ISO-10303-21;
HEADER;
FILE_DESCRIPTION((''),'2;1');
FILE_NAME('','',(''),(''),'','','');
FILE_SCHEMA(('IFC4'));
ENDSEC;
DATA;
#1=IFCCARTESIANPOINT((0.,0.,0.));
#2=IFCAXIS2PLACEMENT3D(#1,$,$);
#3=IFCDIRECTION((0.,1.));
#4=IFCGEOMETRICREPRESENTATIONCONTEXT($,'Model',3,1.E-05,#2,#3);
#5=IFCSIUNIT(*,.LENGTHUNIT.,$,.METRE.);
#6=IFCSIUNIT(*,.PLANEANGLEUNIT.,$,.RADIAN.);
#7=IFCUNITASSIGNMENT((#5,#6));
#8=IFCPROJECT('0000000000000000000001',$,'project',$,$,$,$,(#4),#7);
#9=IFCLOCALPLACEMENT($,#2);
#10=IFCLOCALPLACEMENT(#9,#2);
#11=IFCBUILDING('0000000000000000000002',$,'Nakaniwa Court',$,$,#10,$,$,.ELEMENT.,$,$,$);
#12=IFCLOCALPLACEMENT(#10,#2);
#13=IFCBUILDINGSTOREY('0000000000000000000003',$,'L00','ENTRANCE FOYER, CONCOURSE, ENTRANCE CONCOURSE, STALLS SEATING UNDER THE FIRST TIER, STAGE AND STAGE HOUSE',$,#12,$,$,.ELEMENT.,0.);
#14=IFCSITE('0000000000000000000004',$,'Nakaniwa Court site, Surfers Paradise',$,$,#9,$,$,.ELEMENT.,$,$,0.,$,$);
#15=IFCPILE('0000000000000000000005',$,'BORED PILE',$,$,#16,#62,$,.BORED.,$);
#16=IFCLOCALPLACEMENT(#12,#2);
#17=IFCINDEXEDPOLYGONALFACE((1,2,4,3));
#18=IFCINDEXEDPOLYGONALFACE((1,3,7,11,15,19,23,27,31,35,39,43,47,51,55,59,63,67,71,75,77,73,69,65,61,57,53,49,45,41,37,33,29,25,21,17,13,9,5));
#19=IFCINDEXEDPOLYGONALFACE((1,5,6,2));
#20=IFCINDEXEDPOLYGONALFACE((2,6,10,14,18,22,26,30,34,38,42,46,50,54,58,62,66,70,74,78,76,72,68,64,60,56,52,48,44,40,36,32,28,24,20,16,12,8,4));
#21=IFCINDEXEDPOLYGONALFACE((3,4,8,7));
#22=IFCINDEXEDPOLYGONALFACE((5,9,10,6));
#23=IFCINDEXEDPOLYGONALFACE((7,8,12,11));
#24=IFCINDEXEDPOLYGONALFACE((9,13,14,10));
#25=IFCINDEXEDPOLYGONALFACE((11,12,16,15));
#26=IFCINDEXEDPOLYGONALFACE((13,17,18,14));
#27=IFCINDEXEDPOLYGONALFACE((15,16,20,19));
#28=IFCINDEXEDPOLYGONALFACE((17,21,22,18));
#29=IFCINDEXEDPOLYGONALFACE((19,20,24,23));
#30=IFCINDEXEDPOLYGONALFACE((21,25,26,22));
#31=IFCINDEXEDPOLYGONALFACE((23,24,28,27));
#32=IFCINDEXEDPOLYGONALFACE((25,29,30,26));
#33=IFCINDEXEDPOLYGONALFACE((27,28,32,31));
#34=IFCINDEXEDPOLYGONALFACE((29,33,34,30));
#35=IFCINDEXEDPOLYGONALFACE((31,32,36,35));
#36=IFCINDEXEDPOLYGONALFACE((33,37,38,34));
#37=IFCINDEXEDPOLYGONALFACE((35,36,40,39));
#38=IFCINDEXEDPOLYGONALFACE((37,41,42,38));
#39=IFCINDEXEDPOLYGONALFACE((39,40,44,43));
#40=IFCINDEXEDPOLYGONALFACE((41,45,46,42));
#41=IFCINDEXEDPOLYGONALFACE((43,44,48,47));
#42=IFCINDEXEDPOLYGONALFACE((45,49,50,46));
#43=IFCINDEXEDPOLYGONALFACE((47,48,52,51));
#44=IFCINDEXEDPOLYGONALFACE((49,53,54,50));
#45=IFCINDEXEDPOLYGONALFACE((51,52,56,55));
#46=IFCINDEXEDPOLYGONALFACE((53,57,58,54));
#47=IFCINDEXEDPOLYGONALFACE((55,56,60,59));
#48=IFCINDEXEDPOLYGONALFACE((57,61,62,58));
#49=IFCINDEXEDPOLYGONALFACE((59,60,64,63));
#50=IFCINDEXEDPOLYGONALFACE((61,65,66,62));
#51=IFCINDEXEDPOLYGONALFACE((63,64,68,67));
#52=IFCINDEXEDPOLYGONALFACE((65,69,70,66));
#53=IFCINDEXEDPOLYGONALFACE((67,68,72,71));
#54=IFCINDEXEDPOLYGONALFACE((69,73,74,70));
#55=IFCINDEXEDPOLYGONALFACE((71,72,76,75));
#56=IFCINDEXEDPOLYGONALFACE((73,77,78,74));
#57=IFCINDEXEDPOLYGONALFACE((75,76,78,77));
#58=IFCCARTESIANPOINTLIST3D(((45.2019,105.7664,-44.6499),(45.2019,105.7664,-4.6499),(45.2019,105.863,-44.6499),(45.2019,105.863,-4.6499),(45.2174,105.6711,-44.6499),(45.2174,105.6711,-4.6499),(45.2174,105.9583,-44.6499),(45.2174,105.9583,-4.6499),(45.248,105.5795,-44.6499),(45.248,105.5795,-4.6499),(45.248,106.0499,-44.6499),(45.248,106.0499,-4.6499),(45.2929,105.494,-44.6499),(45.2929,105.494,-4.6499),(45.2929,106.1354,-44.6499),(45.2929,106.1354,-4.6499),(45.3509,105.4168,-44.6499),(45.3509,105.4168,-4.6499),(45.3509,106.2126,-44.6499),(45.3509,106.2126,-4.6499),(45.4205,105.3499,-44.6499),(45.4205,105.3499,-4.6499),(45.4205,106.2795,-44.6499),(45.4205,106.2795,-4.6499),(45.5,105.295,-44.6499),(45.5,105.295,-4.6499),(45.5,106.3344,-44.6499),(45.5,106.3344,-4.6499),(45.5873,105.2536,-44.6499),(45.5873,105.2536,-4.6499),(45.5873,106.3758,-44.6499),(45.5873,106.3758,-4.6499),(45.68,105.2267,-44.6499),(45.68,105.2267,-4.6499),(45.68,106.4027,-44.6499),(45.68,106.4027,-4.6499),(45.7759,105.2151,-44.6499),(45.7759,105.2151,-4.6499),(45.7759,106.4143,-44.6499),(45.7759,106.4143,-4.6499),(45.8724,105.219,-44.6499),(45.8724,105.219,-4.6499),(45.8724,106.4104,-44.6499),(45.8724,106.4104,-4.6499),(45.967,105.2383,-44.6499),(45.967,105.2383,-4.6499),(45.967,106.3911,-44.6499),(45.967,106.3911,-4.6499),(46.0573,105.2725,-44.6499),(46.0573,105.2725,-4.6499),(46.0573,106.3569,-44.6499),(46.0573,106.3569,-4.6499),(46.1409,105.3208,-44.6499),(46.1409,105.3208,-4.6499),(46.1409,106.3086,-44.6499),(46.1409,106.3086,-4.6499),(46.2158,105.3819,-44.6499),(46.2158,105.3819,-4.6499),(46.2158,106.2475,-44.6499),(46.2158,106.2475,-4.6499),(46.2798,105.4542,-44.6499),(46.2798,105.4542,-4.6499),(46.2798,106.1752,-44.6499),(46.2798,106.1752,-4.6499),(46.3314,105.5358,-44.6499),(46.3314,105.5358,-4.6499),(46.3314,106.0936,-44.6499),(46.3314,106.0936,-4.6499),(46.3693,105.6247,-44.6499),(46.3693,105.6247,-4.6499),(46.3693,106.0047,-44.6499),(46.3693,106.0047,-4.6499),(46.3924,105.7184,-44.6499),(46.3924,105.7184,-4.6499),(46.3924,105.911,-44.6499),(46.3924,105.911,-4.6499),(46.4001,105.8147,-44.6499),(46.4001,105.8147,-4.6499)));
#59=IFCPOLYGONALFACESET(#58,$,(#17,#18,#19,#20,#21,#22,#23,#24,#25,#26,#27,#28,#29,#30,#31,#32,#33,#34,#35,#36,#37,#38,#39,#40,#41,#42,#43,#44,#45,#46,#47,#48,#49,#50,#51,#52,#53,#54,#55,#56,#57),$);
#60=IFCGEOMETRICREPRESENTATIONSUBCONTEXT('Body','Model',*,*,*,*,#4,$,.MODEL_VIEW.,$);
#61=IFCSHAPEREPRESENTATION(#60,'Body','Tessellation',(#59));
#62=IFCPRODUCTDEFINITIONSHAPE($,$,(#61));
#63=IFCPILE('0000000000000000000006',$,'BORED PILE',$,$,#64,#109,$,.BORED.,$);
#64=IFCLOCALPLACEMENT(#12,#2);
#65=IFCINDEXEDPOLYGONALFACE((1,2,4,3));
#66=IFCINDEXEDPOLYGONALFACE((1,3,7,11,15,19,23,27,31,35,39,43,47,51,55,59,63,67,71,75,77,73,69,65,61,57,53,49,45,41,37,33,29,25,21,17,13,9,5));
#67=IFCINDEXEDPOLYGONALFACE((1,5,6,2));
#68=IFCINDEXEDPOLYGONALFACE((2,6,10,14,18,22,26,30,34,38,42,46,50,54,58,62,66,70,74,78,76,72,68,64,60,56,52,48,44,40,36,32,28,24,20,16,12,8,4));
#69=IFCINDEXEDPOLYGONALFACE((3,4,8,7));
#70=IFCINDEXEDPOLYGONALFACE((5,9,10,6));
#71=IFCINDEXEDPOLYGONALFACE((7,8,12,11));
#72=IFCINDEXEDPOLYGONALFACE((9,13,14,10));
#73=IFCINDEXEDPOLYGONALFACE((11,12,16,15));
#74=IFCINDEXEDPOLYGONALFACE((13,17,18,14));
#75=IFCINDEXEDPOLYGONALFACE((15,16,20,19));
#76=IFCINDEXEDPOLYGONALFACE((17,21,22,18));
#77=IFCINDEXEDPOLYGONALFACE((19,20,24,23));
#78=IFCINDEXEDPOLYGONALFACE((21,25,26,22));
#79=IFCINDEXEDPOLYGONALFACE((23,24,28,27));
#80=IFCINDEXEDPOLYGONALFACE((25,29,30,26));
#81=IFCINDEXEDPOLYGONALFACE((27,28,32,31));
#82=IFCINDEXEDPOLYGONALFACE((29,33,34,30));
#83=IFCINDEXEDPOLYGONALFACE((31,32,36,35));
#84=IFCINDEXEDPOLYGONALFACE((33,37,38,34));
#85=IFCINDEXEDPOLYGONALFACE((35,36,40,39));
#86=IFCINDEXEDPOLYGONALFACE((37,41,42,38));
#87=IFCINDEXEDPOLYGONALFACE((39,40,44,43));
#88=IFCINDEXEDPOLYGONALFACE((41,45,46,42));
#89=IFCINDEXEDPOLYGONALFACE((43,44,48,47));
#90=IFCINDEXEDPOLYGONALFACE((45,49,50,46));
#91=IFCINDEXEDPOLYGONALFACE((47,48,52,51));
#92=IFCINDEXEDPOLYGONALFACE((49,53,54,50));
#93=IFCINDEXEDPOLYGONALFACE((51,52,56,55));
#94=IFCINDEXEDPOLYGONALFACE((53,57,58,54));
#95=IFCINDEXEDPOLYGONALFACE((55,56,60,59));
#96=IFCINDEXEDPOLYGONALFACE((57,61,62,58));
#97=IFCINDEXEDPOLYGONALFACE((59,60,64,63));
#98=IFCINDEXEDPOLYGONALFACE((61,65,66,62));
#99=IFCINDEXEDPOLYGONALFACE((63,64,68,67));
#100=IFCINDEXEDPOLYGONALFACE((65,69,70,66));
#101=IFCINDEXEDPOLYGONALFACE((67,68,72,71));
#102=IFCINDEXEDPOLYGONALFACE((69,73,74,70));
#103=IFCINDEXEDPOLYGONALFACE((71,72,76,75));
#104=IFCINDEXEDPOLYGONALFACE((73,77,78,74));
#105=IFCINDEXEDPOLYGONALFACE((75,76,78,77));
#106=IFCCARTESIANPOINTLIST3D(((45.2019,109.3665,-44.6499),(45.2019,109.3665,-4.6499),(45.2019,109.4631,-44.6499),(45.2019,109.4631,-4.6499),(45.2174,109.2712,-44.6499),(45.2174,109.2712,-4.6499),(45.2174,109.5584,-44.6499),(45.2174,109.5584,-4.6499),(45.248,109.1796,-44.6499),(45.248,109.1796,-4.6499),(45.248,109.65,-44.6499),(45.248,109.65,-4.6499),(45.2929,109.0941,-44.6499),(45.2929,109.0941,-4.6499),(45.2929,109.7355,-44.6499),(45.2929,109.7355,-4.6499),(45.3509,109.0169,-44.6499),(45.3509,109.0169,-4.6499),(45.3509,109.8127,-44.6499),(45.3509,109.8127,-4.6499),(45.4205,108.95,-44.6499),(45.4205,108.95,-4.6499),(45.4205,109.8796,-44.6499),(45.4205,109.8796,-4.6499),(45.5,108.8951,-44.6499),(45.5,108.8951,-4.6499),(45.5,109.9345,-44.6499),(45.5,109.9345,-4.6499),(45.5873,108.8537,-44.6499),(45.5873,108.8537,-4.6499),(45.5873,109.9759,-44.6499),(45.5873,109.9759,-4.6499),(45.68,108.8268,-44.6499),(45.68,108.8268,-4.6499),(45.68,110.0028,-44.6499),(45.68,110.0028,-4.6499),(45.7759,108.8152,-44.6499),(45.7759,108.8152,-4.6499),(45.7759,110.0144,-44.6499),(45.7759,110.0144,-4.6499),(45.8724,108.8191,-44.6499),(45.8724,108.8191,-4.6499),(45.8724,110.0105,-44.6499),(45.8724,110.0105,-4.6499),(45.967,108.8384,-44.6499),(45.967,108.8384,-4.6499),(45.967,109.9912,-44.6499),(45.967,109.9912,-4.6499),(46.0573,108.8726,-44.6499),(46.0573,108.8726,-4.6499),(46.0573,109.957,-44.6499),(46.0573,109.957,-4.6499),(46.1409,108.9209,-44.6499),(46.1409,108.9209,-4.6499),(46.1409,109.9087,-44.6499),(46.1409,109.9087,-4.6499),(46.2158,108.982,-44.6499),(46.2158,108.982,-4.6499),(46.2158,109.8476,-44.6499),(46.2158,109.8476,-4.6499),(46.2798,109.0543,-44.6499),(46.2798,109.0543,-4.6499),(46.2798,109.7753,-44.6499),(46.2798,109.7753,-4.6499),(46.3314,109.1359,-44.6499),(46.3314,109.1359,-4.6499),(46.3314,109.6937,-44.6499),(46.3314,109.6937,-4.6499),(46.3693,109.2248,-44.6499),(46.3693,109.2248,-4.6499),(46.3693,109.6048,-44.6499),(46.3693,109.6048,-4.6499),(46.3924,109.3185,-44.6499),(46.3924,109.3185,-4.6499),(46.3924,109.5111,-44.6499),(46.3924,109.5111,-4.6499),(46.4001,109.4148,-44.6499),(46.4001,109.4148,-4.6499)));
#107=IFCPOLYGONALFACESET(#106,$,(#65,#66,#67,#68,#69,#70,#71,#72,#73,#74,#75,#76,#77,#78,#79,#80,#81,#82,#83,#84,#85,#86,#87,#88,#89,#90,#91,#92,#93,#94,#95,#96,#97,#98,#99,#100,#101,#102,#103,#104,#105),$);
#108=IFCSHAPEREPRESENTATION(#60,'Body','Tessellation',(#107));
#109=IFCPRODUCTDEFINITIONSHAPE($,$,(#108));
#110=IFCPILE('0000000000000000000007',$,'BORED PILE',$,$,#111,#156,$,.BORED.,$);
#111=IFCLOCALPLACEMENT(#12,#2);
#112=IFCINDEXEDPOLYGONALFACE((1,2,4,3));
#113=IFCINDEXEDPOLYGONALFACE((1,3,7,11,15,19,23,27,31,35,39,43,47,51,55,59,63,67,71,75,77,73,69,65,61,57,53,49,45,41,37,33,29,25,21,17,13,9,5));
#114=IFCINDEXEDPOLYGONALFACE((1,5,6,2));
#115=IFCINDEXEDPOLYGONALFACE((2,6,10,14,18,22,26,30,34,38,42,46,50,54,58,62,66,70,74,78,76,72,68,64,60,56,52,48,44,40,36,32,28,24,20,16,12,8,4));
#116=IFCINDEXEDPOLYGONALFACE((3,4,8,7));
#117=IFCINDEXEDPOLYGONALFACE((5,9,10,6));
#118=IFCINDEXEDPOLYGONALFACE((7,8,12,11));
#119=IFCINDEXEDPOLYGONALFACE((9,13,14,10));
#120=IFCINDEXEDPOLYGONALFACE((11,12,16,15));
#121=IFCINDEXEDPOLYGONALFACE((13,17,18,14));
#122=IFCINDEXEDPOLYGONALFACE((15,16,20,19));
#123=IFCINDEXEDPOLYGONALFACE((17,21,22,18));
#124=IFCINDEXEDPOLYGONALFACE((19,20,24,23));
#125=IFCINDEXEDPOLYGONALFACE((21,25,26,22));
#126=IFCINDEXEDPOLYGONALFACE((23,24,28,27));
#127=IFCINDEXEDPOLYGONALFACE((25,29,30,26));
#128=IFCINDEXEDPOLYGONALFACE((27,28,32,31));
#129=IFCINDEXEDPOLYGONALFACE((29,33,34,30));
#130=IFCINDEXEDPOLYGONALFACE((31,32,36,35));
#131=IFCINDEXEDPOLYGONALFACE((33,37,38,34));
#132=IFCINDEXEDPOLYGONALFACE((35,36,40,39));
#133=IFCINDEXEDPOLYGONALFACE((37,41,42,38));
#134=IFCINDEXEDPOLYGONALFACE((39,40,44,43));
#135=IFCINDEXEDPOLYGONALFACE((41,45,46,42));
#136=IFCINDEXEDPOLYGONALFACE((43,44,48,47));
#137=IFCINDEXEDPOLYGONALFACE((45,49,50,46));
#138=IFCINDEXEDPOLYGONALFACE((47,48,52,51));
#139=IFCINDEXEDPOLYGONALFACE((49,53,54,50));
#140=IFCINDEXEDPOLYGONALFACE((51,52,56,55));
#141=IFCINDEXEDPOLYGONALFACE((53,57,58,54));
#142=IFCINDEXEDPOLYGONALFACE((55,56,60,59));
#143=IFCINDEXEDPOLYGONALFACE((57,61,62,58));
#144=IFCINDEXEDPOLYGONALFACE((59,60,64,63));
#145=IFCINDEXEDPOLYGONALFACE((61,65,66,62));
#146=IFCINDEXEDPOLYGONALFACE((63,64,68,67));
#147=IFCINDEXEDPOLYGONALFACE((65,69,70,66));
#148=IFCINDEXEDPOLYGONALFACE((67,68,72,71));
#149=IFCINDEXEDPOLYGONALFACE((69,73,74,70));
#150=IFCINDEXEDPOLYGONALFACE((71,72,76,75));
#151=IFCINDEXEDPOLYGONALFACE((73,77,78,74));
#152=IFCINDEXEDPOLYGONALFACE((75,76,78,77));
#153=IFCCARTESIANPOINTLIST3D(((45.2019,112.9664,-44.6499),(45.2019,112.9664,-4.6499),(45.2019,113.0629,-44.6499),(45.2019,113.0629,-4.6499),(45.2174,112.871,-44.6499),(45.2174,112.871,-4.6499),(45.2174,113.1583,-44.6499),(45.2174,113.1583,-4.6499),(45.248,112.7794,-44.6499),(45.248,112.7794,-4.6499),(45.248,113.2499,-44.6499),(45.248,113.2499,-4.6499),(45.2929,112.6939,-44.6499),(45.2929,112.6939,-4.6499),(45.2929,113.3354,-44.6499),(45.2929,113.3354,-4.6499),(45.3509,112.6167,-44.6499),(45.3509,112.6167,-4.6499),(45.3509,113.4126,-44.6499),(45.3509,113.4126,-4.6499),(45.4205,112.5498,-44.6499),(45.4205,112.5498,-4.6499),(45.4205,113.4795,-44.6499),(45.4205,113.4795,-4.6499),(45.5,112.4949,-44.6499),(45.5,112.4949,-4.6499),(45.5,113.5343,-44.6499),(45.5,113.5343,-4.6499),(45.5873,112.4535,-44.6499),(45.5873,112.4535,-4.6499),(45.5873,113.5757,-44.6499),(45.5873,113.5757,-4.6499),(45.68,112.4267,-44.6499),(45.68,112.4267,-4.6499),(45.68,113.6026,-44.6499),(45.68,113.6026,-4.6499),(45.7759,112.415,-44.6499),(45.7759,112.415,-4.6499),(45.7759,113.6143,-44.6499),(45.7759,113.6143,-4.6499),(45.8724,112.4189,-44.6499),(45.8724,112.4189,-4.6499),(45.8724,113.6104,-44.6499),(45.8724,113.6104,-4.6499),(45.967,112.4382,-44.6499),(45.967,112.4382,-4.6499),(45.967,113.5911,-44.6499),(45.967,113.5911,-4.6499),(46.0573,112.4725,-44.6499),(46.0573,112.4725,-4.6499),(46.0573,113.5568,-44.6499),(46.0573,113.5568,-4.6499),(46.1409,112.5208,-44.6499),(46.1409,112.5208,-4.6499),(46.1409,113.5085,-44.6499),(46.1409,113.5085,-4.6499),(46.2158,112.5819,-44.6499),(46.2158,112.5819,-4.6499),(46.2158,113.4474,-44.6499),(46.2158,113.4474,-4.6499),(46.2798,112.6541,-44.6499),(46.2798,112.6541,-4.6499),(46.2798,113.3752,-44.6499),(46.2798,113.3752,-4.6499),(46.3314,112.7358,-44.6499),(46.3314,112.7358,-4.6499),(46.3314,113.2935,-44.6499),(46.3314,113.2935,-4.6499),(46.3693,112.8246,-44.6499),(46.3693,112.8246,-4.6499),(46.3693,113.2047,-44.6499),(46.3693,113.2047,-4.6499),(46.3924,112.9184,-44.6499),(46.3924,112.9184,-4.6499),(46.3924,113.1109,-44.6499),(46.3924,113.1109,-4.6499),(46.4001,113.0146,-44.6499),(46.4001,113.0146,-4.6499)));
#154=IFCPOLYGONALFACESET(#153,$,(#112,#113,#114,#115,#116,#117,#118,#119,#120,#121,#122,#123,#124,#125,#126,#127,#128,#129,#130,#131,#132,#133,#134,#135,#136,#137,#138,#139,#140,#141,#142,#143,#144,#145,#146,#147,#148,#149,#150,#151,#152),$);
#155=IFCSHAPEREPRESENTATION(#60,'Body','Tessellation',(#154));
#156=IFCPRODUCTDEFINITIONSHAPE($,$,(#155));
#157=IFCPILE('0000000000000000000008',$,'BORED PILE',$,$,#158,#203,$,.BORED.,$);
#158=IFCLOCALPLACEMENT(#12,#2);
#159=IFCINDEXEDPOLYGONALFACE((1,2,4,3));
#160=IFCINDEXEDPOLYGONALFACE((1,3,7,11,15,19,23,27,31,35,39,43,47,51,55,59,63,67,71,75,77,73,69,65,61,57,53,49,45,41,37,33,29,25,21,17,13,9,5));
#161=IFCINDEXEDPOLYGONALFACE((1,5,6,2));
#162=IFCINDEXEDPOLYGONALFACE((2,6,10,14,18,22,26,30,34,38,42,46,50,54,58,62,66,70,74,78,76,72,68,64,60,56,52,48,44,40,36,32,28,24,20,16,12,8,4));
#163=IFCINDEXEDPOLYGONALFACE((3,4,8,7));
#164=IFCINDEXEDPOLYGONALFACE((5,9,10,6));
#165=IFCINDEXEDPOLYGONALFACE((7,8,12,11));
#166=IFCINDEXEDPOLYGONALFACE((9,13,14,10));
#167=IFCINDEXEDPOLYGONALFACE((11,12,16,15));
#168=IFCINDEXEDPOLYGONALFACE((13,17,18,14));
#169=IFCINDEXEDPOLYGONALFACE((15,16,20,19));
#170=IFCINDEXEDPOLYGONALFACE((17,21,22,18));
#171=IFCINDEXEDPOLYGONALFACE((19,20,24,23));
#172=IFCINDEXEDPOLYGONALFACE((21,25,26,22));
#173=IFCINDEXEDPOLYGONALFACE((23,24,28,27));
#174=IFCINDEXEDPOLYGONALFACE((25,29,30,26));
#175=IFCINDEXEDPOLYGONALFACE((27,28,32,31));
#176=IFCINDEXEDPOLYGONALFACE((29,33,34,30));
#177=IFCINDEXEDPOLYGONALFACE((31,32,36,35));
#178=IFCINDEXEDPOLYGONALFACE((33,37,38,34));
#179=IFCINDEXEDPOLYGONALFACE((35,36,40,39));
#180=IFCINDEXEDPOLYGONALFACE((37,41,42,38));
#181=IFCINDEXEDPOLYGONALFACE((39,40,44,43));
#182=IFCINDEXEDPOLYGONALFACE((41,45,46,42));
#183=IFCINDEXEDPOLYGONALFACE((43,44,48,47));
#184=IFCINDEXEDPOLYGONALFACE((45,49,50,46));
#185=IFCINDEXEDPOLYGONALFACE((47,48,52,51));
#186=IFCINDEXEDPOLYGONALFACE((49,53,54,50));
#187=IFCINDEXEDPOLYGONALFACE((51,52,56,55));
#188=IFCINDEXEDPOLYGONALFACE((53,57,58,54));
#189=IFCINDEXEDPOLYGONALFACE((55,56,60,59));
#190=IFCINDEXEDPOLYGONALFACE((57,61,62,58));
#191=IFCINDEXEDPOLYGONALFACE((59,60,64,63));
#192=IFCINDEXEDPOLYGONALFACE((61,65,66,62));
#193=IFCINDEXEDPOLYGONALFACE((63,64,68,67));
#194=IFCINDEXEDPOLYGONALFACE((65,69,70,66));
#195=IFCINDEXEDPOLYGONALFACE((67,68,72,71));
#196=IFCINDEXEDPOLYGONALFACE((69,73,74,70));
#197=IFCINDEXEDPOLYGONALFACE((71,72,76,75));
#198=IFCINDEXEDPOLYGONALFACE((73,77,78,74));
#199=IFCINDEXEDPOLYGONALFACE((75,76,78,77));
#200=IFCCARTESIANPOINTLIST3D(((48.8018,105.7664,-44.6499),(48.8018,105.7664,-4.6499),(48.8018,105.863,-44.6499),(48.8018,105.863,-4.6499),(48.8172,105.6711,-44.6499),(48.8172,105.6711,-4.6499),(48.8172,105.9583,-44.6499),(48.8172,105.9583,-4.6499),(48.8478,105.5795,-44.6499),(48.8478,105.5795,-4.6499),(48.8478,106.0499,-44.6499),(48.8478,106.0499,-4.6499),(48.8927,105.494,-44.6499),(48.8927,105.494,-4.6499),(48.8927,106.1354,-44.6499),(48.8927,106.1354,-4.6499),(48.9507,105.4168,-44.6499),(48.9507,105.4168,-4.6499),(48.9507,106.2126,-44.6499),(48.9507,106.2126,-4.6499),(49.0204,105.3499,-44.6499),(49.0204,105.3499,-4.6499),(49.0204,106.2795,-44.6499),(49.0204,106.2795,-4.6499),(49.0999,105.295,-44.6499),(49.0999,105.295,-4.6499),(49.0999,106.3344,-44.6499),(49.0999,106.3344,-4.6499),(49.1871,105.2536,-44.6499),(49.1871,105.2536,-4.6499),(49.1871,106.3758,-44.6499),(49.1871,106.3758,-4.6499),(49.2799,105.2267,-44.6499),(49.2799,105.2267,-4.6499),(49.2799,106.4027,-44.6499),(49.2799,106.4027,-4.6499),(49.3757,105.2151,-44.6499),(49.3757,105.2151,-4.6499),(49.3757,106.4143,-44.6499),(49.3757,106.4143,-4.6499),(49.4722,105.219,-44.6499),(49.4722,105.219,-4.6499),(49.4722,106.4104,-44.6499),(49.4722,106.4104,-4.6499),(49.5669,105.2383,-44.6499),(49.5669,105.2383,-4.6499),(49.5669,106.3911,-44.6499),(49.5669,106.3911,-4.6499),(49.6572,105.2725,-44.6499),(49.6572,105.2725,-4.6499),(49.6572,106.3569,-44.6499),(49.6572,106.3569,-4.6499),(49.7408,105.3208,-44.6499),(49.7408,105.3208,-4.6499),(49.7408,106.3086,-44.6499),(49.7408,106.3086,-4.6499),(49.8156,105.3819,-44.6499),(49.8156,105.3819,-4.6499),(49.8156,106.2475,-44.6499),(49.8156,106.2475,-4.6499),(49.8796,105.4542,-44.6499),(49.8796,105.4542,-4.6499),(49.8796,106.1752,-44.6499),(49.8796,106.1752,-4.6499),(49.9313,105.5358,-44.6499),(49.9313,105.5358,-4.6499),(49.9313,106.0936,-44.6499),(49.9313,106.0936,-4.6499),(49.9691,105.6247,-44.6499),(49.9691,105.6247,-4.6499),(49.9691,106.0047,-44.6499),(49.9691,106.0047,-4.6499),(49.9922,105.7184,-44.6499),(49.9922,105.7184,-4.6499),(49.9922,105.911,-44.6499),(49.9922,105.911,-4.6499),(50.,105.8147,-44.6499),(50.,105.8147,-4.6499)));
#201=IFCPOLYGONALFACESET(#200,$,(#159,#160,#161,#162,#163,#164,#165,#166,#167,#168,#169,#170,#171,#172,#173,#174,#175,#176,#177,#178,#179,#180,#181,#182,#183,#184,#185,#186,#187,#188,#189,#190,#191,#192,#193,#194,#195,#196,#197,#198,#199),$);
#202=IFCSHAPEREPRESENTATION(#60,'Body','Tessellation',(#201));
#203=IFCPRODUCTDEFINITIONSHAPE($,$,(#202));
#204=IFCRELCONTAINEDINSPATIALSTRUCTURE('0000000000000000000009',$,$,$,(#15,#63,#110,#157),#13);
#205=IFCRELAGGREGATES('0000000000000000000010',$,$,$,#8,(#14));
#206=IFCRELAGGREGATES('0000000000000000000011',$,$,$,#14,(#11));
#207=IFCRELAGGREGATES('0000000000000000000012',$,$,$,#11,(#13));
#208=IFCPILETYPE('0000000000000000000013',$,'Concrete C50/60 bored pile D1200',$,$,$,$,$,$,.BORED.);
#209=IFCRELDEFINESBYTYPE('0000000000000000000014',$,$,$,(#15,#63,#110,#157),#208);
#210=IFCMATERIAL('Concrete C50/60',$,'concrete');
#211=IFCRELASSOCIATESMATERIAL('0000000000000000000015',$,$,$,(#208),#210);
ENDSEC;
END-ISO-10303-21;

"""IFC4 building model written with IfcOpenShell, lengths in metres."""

from ifc_helpers import new_model, si_unit, direction, frame, origin, origin_2d, place, context, subcontext, project, spatial, circle, extrude, material, material_profile, profile_set, type_object, element, save


model = new_model("IFC4")

# Units and contexts
model_context = context("Model", 3, precision=1e-05, world=origin(), true_north=direction((0.0, 1.0)))
body_context = subcontext(model_context, "Body", "Model", "MODEL_VIEW")
ifc_project = project(units=[si_unit("LENGTHUNIT", "METRE"), si_unit("PLANEANGLEUNIT", "RADIAN")], contexts=[model_context])

# Site, building, storey
site_placement = place(None, origin())
site = spatial("IfcSite", under=ifc_project, at=site_placement, Name="Nakaniwa Court site, Surfers Paradise", CompositionType="ELEMENT", RefElevation=0.0)
building_placement = place(site_placement, origin())
building = spatial("IfcBuilding", under=site, at=building_placement, Name="Nakaniwa Court", CompositionType="ELEMENT")
storey_placement = place(building_placement, origin())
storey = spatial("IfcBuildingStorey", under=building, at=storey_placement, Name="L00", Description="ENTRANCE FOYER, CONCOURSE, ENTRANCE CONCOURSE, STALLS SEATING UNDER THE FIRST TIER, STAGE AND STAGE HOUSE", CompositionType="ELEMENT", Elevation=0.0)

# Piles
ifc_material_1 = material(Name="Concrete C50/60", Category="concrete")
ifc_material_profile_1 = material_profile(ifc_material_1, circle(Radius=0.6001, at=origin_2d()), Name="Concrete C50/60 bored pile D1200")
ifc_profile_set_1 = profile_set([ifc_material_profile_1], Name="Concrete C50/60")
pile_type = type_object("IfcPileType", Name="Concrete C50/60 bored pile D1200", PredefinedType="BORED", material=ifc_profile_set_1)
for number, where, z_axis, x_axis, name in (
    (1, (45.8, 105.8147, -4.6499), (0.0, 0.0, -1.0), (1.0, 0.0, 0.0), "BORED PILE"),
    (2, (45.8, 109.4148, -4.6499), (0.0, 0.0, -1.0), (1.0, 0.0, 0.0), "BORED PILE"),
    (3, (45.8, 113.0146, -4.6499), (0.0, 0.0, -1.0), (1.0, 0.0, 0.0), "BORED PILE"),
    (4, (49.3999, 105.8147, -4.6499), (0.0, 0.0, -1.0), (1.0, 0.0, 0.0), "BORED PILE"),
):
    element("IfcPile", number, at=place(storey_placement, frame(where, z_axis=z_axis, x_axis=x_axis)), inside=storey, type_object=pile_type, Name=name, PredefinedType="BORED", context=body_context, shape_type="SweptSolid", body=[
        extrude(circle(Radius=0.6001, at=origin_2d()), origin(), (0.0, 0.0, 1.0), 40.0),
    ])

save(model, "model.ifc")
